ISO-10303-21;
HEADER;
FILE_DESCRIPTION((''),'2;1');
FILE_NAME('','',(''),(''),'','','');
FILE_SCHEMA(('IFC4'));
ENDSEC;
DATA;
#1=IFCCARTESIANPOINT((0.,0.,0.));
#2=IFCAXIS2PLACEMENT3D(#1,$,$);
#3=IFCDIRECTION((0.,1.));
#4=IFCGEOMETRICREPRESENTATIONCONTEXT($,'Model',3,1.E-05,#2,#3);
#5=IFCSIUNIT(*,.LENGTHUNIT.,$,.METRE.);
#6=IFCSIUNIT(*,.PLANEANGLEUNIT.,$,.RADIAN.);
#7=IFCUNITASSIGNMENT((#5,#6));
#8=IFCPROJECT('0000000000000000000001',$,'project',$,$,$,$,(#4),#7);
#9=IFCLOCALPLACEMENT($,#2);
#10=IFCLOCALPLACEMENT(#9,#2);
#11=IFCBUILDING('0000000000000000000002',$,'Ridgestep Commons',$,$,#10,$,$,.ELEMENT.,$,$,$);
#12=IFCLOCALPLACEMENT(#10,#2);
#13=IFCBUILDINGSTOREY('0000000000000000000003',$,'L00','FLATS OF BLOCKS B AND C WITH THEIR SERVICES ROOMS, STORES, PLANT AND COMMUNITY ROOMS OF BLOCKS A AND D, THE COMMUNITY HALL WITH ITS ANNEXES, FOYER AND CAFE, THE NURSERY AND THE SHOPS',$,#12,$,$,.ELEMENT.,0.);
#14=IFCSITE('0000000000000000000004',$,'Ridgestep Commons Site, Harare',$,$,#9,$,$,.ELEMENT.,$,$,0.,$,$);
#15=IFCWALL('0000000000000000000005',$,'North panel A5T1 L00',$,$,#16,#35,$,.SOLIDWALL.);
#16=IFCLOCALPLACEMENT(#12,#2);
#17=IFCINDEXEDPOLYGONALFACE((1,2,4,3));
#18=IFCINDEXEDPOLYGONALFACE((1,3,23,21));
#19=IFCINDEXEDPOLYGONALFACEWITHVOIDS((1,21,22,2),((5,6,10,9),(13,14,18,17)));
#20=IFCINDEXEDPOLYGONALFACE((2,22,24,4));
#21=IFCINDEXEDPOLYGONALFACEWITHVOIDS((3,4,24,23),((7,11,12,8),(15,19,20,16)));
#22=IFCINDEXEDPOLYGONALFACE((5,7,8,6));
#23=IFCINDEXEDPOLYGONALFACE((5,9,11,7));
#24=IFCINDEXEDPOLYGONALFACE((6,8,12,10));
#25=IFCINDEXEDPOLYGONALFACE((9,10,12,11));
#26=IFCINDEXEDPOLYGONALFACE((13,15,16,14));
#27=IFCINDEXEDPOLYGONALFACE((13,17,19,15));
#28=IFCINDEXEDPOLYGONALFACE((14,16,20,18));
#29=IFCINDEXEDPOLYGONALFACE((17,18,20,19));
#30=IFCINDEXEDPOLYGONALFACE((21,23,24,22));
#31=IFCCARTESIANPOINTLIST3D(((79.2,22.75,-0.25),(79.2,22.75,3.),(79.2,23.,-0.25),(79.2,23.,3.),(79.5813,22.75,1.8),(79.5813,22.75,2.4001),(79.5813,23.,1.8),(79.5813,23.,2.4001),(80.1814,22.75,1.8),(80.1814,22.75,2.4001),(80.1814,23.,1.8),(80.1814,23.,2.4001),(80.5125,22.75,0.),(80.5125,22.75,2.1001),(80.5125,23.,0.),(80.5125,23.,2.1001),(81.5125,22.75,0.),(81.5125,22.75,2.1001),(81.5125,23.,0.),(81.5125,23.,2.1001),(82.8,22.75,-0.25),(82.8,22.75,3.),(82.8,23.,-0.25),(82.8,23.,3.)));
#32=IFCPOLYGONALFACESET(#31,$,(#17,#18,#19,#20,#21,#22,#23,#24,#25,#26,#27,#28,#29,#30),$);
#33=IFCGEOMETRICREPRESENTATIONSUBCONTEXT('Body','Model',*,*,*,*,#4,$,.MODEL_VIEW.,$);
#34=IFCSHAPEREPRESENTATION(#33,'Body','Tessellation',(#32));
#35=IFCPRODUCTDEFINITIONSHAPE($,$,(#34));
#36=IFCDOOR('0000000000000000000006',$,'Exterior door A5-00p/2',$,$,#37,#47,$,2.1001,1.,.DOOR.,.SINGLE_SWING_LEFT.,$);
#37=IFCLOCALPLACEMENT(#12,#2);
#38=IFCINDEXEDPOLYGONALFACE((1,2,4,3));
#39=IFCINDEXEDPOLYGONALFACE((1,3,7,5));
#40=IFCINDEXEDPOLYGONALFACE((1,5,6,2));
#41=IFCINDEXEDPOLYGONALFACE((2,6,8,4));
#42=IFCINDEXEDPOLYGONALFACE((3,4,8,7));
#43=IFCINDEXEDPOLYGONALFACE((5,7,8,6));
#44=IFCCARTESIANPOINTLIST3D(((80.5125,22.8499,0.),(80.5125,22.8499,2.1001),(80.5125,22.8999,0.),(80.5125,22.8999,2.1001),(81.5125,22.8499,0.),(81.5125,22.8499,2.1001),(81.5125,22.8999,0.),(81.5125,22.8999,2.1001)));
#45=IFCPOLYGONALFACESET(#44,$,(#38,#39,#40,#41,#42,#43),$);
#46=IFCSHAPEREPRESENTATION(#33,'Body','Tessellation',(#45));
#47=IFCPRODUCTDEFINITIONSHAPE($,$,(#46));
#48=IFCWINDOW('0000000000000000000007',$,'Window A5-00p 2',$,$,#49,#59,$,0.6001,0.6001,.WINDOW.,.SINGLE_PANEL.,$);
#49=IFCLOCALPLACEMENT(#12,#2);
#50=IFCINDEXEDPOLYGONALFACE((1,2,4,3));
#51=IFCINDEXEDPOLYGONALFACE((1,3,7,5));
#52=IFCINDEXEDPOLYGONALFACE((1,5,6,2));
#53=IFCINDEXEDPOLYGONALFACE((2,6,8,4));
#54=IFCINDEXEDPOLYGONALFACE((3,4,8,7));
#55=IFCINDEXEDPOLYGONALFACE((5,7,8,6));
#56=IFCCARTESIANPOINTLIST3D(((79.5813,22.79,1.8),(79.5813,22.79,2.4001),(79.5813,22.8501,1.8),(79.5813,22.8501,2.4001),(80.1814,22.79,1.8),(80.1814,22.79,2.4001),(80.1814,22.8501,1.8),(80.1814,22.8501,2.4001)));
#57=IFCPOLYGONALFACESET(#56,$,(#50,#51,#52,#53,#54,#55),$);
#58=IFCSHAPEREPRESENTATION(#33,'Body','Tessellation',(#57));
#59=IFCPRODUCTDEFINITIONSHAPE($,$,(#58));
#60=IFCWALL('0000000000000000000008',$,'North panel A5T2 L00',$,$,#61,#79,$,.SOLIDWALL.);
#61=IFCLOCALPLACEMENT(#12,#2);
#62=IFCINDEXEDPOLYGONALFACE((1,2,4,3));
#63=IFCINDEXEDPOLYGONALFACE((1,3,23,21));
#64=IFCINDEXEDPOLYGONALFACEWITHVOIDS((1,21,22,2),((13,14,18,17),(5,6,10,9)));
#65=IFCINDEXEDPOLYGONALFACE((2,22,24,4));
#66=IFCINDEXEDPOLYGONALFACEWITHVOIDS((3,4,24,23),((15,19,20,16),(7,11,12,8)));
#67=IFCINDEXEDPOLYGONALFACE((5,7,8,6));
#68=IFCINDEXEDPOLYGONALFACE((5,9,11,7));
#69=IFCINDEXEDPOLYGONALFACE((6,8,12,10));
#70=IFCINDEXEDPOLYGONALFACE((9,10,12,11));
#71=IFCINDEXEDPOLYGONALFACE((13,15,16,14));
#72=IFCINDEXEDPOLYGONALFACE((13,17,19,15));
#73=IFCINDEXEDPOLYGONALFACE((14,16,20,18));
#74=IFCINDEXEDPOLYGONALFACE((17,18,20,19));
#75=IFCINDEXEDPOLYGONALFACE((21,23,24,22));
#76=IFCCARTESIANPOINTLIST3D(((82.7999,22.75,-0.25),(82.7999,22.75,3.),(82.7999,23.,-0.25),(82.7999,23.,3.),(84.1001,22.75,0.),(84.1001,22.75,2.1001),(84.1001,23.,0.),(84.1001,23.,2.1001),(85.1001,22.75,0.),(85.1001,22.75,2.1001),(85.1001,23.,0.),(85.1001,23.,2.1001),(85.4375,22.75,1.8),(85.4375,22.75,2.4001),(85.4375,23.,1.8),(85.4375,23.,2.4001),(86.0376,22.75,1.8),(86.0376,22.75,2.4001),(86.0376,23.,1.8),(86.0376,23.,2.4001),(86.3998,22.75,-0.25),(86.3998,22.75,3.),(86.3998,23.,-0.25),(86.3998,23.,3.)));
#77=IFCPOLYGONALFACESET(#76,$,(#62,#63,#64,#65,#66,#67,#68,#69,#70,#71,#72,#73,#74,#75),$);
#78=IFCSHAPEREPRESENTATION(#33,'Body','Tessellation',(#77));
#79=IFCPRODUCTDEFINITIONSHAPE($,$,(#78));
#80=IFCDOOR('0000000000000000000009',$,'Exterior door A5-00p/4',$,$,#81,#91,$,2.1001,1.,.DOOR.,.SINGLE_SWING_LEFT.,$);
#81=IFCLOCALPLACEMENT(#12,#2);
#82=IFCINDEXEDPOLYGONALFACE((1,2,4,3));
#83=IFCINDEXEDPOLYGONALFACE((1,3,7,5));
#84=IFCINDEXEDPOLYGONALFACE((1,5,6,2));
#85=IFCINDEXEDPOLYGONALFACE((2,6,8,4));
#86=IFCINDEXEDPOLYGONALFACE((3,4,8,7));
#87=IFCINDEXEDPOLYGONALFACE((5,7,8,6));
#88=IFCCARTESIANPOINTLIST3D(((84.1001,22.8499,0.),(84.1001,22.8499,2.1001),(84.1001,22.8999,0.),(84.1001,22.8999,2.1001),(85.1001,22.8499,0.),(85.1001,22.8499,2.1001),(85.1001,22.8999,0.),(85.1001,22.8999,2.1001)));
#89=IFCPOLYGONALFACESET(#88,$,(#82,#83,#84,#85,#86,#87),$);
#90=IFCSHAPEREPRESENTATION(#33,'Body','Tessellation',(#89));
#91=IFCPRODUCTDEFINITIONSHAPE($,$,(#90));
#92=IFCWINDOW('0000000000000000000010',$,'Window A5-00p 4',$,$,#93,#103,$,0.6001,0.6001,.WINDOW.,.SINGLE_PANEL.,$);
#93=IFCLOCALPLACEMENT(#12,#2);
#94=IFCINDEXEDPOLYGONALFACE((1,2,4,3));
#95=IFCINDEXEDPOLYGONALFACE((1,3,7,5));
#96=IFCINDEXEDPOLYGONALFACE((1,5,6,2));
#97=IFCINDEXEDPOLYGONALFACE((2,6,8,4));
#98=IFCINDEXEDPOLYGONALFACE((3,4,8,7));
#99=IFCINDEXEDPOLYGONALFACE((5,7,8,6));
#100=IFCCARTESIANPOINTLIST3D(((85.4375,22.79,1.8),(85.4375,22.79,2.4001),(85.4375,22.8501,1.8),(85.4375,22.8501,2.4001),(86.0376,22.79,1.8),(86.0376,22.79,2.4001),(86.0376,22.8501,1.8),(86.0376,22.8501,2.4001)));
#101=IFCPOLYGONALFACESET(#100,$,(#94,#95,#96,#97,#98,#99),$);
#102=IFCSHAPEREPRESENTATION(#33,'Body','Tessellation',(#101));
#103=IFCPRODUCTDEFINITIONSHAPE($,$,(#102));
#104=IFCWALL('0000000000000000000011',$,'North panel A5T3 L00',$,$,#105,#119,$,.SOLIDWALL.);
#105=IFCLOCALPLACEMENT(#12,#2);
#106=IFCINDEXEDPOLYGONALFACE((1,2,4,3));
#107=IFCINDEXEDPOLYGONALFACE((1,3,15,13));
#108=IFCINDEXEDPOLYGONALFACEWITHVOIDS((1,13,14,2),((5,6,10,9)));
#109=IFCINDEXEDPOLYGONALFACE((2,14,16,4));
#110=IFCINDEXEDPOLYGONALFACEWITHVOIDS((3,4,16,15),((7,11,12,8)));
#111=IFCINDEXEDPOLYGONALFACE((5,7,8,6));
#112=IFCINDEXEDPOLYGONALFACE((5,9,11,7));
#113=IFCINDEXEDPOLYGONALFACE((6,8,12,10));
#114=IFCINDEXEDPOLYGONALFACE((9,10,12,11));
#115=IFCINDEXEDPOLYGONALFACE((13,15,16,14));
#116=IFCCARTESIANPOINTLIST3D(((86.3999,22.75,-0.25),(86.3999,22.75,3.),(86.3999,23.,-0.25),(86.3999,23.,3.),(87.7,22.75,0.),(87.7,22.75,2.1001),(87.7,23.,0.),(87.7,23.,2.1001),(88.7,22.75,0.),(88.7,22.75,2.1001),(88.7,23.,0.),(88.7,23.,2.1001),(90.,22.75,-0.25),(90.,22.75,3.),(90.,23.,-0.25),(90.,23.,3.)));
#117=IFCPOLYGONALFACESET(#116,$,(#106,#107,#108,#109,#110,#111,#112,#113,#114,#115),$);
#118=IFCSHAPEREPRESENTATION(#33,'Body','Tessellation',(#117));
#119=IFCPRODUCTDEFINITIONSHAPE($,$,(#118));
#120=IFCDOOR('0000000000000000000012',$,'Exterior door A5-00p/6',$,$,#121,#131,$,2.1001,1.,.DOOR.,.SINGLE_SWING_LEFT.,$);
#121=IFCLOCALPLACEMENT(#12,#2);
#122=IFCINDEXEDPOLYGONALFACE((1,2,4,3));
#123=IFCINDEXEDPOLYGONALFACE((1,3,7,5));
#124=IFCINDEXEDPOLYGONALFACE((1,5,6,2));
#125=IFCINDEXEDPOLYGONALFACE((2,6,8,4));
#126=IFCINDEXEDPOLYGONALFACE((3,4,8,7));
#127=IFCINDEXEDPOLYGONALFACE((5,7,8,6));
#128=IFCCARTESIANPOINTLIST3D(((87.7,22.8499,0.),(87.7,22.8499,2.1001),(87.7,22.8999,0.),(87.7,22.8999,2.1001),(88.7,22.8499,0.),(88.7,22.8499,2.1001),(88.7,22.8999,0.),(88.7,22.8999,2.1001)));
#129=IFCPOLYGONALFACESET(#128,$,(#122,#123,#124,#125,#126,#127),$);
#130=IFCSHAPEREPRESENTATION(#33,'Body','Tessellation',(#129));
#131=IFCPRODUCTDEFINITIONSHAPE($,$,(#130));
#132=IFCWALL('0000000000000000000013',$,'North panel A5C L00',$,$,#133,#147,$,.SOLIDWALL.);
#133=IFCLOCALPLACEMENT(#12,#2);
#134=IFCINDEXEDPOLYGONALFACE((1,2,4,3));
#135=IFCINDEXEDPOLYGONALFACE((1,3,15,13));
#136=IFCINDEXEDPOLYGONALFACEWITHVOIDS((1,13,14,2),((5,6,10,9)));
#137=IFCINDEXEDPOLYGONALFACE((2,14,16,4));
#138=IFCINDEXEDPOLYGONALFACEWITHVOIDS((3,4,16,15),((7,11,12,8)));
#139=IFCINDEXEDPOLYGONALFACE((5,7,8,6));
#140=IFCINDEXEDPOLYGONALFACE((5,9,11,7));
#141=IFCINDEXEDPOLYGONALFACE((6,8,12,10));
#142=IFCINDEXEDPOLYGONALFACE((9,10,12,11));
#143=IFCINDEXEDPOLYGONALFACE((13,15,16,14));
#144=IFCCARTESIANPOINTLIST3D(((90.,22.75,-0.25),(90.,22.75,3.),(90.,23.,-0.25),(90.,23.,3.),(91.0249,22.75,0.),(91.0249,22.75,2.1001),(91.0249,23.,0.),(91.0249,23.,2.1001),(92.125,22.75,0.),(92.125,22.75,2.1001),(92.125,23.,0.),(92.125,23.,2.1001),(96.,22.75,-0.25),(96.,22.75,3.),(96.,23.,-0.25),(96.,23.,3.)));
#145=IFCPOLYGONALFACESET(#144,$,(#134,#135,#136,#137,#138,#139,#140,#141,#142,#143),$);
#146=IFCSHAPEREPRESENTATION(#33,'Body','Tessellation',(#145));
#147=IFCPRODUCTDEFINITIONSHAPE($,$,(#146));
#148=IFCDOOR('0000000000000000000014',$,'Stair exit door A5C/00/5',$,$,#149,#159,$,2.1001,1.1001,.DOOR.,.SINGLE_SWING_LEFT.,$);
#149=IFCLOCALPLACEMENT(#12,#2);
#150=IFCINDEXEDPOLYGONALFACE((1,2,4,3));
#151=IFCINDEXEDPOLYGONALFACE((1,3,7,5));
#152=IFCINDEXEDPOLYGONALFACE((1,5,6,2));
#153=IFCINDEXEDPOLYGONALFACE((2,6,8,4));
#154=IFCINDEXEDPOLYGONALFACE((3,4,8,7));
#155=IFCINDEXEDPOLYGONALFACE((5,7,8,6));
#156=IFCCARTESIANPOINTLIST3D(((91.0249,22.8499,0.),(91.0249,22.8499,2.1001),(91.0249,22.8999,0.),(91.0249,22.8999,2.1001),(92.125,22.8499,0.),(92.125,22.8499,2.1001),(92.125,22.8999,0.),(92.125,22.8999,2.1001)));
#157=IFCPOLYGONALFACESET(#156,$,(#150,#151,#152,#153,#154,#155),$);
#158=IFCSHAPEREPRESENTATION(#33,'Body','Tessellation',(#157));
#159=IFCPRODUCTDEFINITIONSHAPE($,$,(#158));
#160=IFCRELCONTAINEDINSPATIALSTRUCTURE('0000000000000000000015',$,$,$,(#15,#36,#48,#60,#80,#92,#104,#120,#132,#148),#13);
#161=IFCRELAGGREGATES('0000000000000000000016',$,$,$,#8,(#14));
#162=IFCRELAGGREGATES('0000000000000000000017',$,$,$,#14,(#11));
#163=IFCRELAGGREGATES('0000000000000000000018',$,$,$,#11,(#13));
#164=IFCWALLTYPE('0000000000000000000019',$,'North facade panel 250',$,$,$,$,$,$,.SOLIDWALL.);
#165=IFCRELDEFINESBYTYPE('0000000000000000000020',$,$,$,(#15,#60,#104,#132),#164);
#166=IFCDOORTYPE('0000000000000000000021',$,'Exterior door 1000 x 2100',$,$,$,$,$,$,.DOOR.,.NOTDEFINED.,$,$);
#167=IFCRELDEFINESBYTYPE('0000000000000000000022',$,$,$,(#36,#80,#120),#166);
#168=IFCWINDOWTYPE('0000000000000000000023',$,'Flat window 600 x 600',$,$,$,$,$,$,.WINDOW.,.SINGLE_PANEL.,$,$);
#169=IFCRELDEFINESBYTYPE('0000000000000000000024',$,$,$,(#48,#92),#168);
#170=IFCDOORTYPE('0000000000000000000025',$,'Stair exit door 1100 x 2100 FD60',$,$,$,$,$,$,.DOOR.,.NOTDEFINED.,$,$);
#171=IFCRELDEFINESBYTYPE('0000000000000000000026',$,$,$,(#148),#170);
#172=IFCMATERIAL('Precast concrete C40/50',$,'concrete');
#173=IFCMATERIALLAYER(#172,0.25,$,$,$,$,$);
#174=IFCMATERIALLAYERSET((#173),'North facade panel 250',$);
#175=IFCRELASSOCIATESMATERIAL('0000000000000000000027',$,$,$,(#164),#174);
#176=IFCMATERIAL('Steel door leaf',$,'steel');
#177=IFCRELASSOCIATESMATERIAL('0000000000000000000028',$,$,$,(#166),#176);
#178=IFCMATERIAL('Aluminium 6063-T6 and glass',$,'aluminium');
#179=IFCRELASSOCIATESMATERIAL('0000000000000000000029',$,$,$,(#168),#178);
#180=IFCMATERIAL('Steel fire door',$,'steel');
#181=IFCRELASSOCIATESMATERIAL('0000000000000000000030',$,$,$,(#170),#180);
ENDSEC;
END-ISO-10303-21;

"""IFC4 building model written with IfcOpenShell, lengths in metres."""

from ifc_helpers import new_model, si_unit, direction, frame, frame_2d, origin, place, context, subcontext, project, spatial, rectangle, extrude, material, layer, layer_set, type_object, element, fill, save


model = new_model("IFC4")

# Units and contexts
model_context = context("Model", 3, precision=1e-05, world=origin(), true_north=direction((0.0, 1.0)))
body_context = subcontext(model_context, "Body", "Model", "MODEL_VIEW")
ifc_project = project(units=[si_unit("LENGTHUNIT", "METRE"), si_unit("PLANEANGLEUNIT", "RADIAN")], contexts=[model_context])

# Site, building, storey
site_placement = place(None, origin())
site = spatial("IfcSite", under=ifc_project, at=site_placement, Name="Ridgestep Commons Site, Harare", CompositionType="ELEMENT", RefElevation=0.0)
building_placement = place(site_placement, origin())
building = spatial("IfcBuilding", under=site, at=building_placement, Name="Ridgestep Commons", CompositionType="ELEMENT")
storey_placement = place(building_placement, origin())
storey = spatial("IfcBuildingStorey", under=building, at=storey_placement, Name="L00", Description="FLATS OF BLOCKS B AND C WITH THEIR SERVICES ROOMS, STORES, PLANT AND COMMUNITY ROOMS OF BLOCKS A AND D, THE COMMUNITY HALL WITH ITS ANNEXES, FOYER AND CAFE, THE NURSERY AND THE SHOPS", CompositionType="ELEMENT", Elevation=0.0)

# Shared definitions
ifc_material_1 = material(Name="Precast concrete C40/50", Category="concrete")
ifc_layer_1 = layer(ifc_material_1, 0.25)
ifc_layer_set_1 = layer_set([ifc_layer_1], Name="North facade panel 250")
wall_type_1 = type_object("IfcWallType", Name="North facade panel 250", PredefinedType="SOLIDWALL", material=ifc_layer_set_1)
ifc_material_2 = material(Name="Steel door leaf", Category="steel")
door_type_1 = type_object("IfcDoorType", Name="Exterior door 1000 x 2100", OperationType="NOTDEFINED", PredefinedType="DOOR", material=ifc_material_2)

# Shared definitions
ifc_material_3 = material(Name="Aluminium 6063-T6 and glass", Category="aluminium")
window_type = type_object("IfcWindowType", Name="Flat window 600 x 600", PartitioningType="SINGLE_PANEL", PredefinedType="WINDOW", material=ifc_material_3)

# Shared definitions
ifc_material_4 = material(Name="Steel fire door", Category="steel")
door_type_2 = type_object("IfcDoorType", Name="Stair exit door 1100 x 2100 FD60", OperationType="NOTDEFINED", PredefinedType="DOOR", material=ifc_material_4)

# Walls, openings, doors, windows
wall_1_placement = place(storey_placement, frame((79.2, 22.875, -0.25), z_axis=(0.0, 0.0, 1.0), x_axis=(1.0, 0.0, 0.0)))
wall_1 = element("IfcWall", 1, at=wall_1_placement, inside=storey, type_object=wall_type_1, Name="North panel A5T1 L00", PredefinedType="SOLIDWALL", context=body_context, shape_type="SweptSolid", body=[
    extrude(rectangle(XDim=3.6001, YDim=0.25, at=frame_2d((1.8, 0.0))), origin(), (0.0, 0.0, 1.0), 3.25),
])
opening_1_placement = place(wall_1_placement, frame((0.3813, 0.0, 2.05)))
opening_1 = element("IfcOpeningElement", 2, at=opening_1_placement, cuts=wall_1, PredefinedType="OPENING", context=body_context, shape_type="SweptSolid", body=[
    extrude(rectangle(XDim=0.6001, YDim=0.6001, at=frame_2d((0.3, 0.3))), frame((0.0, 0.135, 0.0), z_axis=(0.0, -1.0, 0.0), x_axis=(1.0, 0.0, 0.0)), (0.0, 0.0, 1.0), 0.27),
])
opening_2_placement = place(wall_1_placement, frame((1.3125, 0.0, 0.25)))
opening_2 = element("IfcOpeningElement", 3, at=opening_2_placement, cuts=wall_1, PredefinedType="OPENING", context=body_context, shape_type="SweptSolid", body=[
    extrude(rectangle(XDim=1.0, YDim=2.1001, at=frame_2d((0.5, 1.05))), frame((0.0, 0.135, 0.0), z_axis=(0.0, -1.0, 0.0), x_axis=(1.0, 0.0, 0.0)), (0.0, 0.0, 1.0), 0.27),
])
door_1_placement = place(opening_2_placement, origin())
door_1 = element("IfcDoor", 4, at=door_1_placement, inside=storey, type_object=door_type_1, Name="Exterior door A5-00p/2", OperationType="SINGLE_SWING_LEFT", OverallHeight=2.1001, OverallWidth=1.0, PredefinedType="DOOR", context=body_context, shape_type="SweptSolid", body=[
    extrude(rectangle(XDim=1.0, YDim=2.1001, at=frame_2d((0.5, 1.05))), frame((0.0, 0.0249, 0.0), z_axis=(0.0, -1.0, 0.0), x_axis=(1.0, 0.0, 0.0)), (0.0, 0.0, 1.0), 0.05),
])
fill(opening_2, door_1)
window_1_placement = place(opening_1_placement, origin())
window_1 = element("IfcWindow", 5, at=window_1_placement, inside=storey, type_object=window_type, Name="Window A5-00p 2", OverallHeight=0.6001, OverallWidth=0.6001, PartitioningType="SINGLE_PANEL", PredefinedType="WINDOW", context=body_context, shape_type="SweptSolid", body=[
    extrude(rectangle(XDim=0.6001, YDim=0.6001, at=frame_2d((0.3, 0.3))), frame((0.0, -0.0249, 0.0), z_axis=(0.0, -1.0, 0.0), x_axis=(1.0, 0.0, 0.0)), (0.0, 0.0, 1.0), 0.0601),
])
fill(opening_1, window_1)
wall_2_placement = place(storey_placement, frame((82.8, 22.875, -0.25), z_axis=(0.0, 0.0, 1.0), x_axis=(1.0, 0.0, 0.0)))
wall_2 = element("IfcWall", 6, at=wall_2_placement, inside=storey, type_object=wall_type_1, Name="North panel A5T2 L00", PredefinedType="SOLIDWALL", context=body_context, shape_type="SweptSolid", body=[
    extrude(rectangle(XDim=3.5999, YDim=0.25, at=frame_2d((1.7998, 0.0))), origin(), (0.0, 0.0, 1.0), 3.25),
])
opening_3_placement = place(wall_2_placement, frame((2.6375, 0.0, 2.05)))
opening_3 = element("IfcOpeningElement", 7, at=opening_3_placement, cuts=wall_2, PredefinedType="OPENING", context=body_context, shape_type="SweptSolid", body=[
    extrude(rectangle(XDim=0.6001, YDim=0.6001, at=frame_2d((0.3, 0.3))), frame((0.0, 0.135, 0.0), z_axis=(0.0, -1.0, 0.0), x_axis=(1.0, 0.0, 0.0)), (0.0, 0.0, 1.0), 0.27),
])
opening_4_placement = place(wall_2_placement, frame((1.3, 0.0, 0.25)))
opening_4 = element("IfcOpeningElement", 8, at=opening_4_placement, cuts=wall_2, PredefinedType="OPENING", context=body_context, shape_type="SweptSolid", body=[
    extrude(rectangle(XDim=1.0, YDim=2.1001, at=frame_2d((0.5, 1.05))), frame((0.0, 0.135, 0.0), z_axis=(0.0, -1.0, 0.0), x_axis=(1.0, 0.0, 0.0)), (0.0, 0.0, 1.0), 0.27),
])
door_2_placement = place(opening_4_placement, origin())
door_2 = element("IfcDoor", 9, at=door_2_placement, inside=storey, type_object=door_type_1, Name="Exterior door A5-00p/4", OperationType="SINGLE_SWING_LEFT", OverallHeight=2.1001, OverallWidth=1.0, PredefinedType="DOOR", context=body_context, shape_type="SweptSolid", body=[
    extrude(rectangle(XDim=1.0, YDim=2.1001, at=frame_2d((0.5, 1.05))), frame((0.0, 0.0249, 0.0), z_axis=(0.0, -1.0, 0.0), x_axis=(1.0, 0.0, 0.0)), (0.0, 0.0, 1.0), 0.05),
])
fill(opening_4, door_2)
window_2_placement = place(opening_3_placement, origin())
window_2 = element("IfcWindow", 10, at=window_2_placement, inside=storey, type_object=window_type, Name="Window A5-00p 4", OverallHeight=0.6001, OverallWidth=0.6001, PartitioningType="SINGLE_PANEL", PredefinedType="WINDOW", context=body_context, shape_type="SweptSolid", body=[
    extrude(rectangle(XDim=0.6001, YDim=0.6001, at=frame_2d((0.3, 0.3))), frame((0.0, -0.0249, 0.0), z_axis=(0.0, -1.0, 0.0), x_axis=(1.0, 0.0, 0.0)), (0.0, 0.0, 1.0), 0.0601),
])
fill(opening_3, window_2)

# Walls, openings, doors
wall_3_placement = place(storey_placement, frame((86.3999, 22.875, -0.25), z_axis=(0.0, 0.0, 1.0), x_axis=(1.0, 0.0, 0.0)))
wall_3 = element("IfcWall", 11, at=wall_3_placement, inside=storey, type_object=wall_type_1, Name="North panel A5T3 L00", PredefinedType="SOLIDWALL", context=body_context, shape_type="SweptSolid", body=[
    extrude(rectangle(XDim=3.6001, YDim=0.25, at=frame_2d((1.8, 0.0))), origin(), (0.0, 0.0, 1.0), 3.25),
])
opening_5_placement = place(wall_3_placement, frame((1.3, 0.0, 0.25)))
opening_5 = element("IfcOpeningElement", 12, at=opening_5_placement, cuts=wall_3, PredefinedType="OPENING", context=body_context, shape_type="SweptSolid", body=[
    extrude(rectangle(XDim=1.0, YDim=2.1001, at=frame_2d((0.5, 1.05))), frame((0.0, 0.135, 0.0), z_axis=(0.0, -1.0, 0.0), x_axis=(1.0, 0.0, 0.0)), (0.0, 0.0, 1.0), 0.27),
])
door_3_placement = place(opening_5_placement, origin())
door_3 = element("IfcDoor", 13, at=door_3_placement, inside=storey, type_object=door_type_1, Name="Exterior door A5-00p/6", OperationType="SINGLE_SWING_LEFT", OverallHeight=2.1001, OverallWidth=1.0, PredefinedType="DOOR", context=body_context, shape_type="SweptSolid", body=[
    extrude(rectangle(XDim=1.0, YDim=2.1001, at=frame_2d((0.5, 1.05))), frame((0.0, 0.0249, 0.0), z_axis=(0.0, -1.0, 0.0), x_axis=(1.0, 0.0, 0.0)), (0.0, 0.0, 1.0), 0.05),
])
fill(opening_5, door_3)
wall_4_placement = place(storey_placement, frame((90.0, 22.875, -0.25), z_axis=(0.0, 0.0, 1.0), x_axis=(1.0, 0.0, 0.0)))
wall_4 = element("IfcWall", 14, at=wall_4_placement, inside=storey, type_object=wall_type_1, Name="North panel A5C L00", PredefinedType="SOLIDWALL", context=body_context, shape_type="SweptSolid", body=[
    extrude(rectangle(XDim=6.0, YDim=0.25, at=frame_2d((3.0, 0.0))), origin(), (0.0, 0.0, 1.0), 3.25),
])
opening_6_placement = place(wall_4_placement, frame((1.0249, 0.0, 0.25)))
opening_6 = element("IfcOpeningElement", 15, at=opening_6_placement, cuts=wall_4, PredefinedType="OPENING", context=body_context, shape_type="SweptSolid", body=[
    extrude(rectangle(XDim=1.1001, YDim=2.1001, at=frame_2d((0.55, 1.05))), frame((0.0, 0.135, 0.0), z_axis=(0.0, -1.0, 0.0), x_axis=(1.0, 0.0, 0.0)), (0.0, 0.0, 1.0), 0.27),
])
door_4_placement = place(opening_6_placement, origin())
door_4 = element("IfcDoor", 16, at=door_4_placement, inside=storey, type_object=door_type_2, Name="Stair exit door A5C/00/5", OperationType="SINGLE_SWING_LEFT", OverallHeight=2.1001, OverallWidth=1.1001, PredefinedType="DOOR", context=body_context, shape_type="SweptSolid", body=[
    extrude(rectangle(XDim=1.1001, YDim=2.1001, at=frame_2d((0.55, 1.05))), frame((0.0, 0.0249, 0.0), z_axis=(0.0, -1.0, 0.0), x_axis=(1.0, 0.0, 0.0)), (0.0, 0.0, 1.0), 0.05),
])
fill(opening_6, door_4)

save(model, "model.ifc")
